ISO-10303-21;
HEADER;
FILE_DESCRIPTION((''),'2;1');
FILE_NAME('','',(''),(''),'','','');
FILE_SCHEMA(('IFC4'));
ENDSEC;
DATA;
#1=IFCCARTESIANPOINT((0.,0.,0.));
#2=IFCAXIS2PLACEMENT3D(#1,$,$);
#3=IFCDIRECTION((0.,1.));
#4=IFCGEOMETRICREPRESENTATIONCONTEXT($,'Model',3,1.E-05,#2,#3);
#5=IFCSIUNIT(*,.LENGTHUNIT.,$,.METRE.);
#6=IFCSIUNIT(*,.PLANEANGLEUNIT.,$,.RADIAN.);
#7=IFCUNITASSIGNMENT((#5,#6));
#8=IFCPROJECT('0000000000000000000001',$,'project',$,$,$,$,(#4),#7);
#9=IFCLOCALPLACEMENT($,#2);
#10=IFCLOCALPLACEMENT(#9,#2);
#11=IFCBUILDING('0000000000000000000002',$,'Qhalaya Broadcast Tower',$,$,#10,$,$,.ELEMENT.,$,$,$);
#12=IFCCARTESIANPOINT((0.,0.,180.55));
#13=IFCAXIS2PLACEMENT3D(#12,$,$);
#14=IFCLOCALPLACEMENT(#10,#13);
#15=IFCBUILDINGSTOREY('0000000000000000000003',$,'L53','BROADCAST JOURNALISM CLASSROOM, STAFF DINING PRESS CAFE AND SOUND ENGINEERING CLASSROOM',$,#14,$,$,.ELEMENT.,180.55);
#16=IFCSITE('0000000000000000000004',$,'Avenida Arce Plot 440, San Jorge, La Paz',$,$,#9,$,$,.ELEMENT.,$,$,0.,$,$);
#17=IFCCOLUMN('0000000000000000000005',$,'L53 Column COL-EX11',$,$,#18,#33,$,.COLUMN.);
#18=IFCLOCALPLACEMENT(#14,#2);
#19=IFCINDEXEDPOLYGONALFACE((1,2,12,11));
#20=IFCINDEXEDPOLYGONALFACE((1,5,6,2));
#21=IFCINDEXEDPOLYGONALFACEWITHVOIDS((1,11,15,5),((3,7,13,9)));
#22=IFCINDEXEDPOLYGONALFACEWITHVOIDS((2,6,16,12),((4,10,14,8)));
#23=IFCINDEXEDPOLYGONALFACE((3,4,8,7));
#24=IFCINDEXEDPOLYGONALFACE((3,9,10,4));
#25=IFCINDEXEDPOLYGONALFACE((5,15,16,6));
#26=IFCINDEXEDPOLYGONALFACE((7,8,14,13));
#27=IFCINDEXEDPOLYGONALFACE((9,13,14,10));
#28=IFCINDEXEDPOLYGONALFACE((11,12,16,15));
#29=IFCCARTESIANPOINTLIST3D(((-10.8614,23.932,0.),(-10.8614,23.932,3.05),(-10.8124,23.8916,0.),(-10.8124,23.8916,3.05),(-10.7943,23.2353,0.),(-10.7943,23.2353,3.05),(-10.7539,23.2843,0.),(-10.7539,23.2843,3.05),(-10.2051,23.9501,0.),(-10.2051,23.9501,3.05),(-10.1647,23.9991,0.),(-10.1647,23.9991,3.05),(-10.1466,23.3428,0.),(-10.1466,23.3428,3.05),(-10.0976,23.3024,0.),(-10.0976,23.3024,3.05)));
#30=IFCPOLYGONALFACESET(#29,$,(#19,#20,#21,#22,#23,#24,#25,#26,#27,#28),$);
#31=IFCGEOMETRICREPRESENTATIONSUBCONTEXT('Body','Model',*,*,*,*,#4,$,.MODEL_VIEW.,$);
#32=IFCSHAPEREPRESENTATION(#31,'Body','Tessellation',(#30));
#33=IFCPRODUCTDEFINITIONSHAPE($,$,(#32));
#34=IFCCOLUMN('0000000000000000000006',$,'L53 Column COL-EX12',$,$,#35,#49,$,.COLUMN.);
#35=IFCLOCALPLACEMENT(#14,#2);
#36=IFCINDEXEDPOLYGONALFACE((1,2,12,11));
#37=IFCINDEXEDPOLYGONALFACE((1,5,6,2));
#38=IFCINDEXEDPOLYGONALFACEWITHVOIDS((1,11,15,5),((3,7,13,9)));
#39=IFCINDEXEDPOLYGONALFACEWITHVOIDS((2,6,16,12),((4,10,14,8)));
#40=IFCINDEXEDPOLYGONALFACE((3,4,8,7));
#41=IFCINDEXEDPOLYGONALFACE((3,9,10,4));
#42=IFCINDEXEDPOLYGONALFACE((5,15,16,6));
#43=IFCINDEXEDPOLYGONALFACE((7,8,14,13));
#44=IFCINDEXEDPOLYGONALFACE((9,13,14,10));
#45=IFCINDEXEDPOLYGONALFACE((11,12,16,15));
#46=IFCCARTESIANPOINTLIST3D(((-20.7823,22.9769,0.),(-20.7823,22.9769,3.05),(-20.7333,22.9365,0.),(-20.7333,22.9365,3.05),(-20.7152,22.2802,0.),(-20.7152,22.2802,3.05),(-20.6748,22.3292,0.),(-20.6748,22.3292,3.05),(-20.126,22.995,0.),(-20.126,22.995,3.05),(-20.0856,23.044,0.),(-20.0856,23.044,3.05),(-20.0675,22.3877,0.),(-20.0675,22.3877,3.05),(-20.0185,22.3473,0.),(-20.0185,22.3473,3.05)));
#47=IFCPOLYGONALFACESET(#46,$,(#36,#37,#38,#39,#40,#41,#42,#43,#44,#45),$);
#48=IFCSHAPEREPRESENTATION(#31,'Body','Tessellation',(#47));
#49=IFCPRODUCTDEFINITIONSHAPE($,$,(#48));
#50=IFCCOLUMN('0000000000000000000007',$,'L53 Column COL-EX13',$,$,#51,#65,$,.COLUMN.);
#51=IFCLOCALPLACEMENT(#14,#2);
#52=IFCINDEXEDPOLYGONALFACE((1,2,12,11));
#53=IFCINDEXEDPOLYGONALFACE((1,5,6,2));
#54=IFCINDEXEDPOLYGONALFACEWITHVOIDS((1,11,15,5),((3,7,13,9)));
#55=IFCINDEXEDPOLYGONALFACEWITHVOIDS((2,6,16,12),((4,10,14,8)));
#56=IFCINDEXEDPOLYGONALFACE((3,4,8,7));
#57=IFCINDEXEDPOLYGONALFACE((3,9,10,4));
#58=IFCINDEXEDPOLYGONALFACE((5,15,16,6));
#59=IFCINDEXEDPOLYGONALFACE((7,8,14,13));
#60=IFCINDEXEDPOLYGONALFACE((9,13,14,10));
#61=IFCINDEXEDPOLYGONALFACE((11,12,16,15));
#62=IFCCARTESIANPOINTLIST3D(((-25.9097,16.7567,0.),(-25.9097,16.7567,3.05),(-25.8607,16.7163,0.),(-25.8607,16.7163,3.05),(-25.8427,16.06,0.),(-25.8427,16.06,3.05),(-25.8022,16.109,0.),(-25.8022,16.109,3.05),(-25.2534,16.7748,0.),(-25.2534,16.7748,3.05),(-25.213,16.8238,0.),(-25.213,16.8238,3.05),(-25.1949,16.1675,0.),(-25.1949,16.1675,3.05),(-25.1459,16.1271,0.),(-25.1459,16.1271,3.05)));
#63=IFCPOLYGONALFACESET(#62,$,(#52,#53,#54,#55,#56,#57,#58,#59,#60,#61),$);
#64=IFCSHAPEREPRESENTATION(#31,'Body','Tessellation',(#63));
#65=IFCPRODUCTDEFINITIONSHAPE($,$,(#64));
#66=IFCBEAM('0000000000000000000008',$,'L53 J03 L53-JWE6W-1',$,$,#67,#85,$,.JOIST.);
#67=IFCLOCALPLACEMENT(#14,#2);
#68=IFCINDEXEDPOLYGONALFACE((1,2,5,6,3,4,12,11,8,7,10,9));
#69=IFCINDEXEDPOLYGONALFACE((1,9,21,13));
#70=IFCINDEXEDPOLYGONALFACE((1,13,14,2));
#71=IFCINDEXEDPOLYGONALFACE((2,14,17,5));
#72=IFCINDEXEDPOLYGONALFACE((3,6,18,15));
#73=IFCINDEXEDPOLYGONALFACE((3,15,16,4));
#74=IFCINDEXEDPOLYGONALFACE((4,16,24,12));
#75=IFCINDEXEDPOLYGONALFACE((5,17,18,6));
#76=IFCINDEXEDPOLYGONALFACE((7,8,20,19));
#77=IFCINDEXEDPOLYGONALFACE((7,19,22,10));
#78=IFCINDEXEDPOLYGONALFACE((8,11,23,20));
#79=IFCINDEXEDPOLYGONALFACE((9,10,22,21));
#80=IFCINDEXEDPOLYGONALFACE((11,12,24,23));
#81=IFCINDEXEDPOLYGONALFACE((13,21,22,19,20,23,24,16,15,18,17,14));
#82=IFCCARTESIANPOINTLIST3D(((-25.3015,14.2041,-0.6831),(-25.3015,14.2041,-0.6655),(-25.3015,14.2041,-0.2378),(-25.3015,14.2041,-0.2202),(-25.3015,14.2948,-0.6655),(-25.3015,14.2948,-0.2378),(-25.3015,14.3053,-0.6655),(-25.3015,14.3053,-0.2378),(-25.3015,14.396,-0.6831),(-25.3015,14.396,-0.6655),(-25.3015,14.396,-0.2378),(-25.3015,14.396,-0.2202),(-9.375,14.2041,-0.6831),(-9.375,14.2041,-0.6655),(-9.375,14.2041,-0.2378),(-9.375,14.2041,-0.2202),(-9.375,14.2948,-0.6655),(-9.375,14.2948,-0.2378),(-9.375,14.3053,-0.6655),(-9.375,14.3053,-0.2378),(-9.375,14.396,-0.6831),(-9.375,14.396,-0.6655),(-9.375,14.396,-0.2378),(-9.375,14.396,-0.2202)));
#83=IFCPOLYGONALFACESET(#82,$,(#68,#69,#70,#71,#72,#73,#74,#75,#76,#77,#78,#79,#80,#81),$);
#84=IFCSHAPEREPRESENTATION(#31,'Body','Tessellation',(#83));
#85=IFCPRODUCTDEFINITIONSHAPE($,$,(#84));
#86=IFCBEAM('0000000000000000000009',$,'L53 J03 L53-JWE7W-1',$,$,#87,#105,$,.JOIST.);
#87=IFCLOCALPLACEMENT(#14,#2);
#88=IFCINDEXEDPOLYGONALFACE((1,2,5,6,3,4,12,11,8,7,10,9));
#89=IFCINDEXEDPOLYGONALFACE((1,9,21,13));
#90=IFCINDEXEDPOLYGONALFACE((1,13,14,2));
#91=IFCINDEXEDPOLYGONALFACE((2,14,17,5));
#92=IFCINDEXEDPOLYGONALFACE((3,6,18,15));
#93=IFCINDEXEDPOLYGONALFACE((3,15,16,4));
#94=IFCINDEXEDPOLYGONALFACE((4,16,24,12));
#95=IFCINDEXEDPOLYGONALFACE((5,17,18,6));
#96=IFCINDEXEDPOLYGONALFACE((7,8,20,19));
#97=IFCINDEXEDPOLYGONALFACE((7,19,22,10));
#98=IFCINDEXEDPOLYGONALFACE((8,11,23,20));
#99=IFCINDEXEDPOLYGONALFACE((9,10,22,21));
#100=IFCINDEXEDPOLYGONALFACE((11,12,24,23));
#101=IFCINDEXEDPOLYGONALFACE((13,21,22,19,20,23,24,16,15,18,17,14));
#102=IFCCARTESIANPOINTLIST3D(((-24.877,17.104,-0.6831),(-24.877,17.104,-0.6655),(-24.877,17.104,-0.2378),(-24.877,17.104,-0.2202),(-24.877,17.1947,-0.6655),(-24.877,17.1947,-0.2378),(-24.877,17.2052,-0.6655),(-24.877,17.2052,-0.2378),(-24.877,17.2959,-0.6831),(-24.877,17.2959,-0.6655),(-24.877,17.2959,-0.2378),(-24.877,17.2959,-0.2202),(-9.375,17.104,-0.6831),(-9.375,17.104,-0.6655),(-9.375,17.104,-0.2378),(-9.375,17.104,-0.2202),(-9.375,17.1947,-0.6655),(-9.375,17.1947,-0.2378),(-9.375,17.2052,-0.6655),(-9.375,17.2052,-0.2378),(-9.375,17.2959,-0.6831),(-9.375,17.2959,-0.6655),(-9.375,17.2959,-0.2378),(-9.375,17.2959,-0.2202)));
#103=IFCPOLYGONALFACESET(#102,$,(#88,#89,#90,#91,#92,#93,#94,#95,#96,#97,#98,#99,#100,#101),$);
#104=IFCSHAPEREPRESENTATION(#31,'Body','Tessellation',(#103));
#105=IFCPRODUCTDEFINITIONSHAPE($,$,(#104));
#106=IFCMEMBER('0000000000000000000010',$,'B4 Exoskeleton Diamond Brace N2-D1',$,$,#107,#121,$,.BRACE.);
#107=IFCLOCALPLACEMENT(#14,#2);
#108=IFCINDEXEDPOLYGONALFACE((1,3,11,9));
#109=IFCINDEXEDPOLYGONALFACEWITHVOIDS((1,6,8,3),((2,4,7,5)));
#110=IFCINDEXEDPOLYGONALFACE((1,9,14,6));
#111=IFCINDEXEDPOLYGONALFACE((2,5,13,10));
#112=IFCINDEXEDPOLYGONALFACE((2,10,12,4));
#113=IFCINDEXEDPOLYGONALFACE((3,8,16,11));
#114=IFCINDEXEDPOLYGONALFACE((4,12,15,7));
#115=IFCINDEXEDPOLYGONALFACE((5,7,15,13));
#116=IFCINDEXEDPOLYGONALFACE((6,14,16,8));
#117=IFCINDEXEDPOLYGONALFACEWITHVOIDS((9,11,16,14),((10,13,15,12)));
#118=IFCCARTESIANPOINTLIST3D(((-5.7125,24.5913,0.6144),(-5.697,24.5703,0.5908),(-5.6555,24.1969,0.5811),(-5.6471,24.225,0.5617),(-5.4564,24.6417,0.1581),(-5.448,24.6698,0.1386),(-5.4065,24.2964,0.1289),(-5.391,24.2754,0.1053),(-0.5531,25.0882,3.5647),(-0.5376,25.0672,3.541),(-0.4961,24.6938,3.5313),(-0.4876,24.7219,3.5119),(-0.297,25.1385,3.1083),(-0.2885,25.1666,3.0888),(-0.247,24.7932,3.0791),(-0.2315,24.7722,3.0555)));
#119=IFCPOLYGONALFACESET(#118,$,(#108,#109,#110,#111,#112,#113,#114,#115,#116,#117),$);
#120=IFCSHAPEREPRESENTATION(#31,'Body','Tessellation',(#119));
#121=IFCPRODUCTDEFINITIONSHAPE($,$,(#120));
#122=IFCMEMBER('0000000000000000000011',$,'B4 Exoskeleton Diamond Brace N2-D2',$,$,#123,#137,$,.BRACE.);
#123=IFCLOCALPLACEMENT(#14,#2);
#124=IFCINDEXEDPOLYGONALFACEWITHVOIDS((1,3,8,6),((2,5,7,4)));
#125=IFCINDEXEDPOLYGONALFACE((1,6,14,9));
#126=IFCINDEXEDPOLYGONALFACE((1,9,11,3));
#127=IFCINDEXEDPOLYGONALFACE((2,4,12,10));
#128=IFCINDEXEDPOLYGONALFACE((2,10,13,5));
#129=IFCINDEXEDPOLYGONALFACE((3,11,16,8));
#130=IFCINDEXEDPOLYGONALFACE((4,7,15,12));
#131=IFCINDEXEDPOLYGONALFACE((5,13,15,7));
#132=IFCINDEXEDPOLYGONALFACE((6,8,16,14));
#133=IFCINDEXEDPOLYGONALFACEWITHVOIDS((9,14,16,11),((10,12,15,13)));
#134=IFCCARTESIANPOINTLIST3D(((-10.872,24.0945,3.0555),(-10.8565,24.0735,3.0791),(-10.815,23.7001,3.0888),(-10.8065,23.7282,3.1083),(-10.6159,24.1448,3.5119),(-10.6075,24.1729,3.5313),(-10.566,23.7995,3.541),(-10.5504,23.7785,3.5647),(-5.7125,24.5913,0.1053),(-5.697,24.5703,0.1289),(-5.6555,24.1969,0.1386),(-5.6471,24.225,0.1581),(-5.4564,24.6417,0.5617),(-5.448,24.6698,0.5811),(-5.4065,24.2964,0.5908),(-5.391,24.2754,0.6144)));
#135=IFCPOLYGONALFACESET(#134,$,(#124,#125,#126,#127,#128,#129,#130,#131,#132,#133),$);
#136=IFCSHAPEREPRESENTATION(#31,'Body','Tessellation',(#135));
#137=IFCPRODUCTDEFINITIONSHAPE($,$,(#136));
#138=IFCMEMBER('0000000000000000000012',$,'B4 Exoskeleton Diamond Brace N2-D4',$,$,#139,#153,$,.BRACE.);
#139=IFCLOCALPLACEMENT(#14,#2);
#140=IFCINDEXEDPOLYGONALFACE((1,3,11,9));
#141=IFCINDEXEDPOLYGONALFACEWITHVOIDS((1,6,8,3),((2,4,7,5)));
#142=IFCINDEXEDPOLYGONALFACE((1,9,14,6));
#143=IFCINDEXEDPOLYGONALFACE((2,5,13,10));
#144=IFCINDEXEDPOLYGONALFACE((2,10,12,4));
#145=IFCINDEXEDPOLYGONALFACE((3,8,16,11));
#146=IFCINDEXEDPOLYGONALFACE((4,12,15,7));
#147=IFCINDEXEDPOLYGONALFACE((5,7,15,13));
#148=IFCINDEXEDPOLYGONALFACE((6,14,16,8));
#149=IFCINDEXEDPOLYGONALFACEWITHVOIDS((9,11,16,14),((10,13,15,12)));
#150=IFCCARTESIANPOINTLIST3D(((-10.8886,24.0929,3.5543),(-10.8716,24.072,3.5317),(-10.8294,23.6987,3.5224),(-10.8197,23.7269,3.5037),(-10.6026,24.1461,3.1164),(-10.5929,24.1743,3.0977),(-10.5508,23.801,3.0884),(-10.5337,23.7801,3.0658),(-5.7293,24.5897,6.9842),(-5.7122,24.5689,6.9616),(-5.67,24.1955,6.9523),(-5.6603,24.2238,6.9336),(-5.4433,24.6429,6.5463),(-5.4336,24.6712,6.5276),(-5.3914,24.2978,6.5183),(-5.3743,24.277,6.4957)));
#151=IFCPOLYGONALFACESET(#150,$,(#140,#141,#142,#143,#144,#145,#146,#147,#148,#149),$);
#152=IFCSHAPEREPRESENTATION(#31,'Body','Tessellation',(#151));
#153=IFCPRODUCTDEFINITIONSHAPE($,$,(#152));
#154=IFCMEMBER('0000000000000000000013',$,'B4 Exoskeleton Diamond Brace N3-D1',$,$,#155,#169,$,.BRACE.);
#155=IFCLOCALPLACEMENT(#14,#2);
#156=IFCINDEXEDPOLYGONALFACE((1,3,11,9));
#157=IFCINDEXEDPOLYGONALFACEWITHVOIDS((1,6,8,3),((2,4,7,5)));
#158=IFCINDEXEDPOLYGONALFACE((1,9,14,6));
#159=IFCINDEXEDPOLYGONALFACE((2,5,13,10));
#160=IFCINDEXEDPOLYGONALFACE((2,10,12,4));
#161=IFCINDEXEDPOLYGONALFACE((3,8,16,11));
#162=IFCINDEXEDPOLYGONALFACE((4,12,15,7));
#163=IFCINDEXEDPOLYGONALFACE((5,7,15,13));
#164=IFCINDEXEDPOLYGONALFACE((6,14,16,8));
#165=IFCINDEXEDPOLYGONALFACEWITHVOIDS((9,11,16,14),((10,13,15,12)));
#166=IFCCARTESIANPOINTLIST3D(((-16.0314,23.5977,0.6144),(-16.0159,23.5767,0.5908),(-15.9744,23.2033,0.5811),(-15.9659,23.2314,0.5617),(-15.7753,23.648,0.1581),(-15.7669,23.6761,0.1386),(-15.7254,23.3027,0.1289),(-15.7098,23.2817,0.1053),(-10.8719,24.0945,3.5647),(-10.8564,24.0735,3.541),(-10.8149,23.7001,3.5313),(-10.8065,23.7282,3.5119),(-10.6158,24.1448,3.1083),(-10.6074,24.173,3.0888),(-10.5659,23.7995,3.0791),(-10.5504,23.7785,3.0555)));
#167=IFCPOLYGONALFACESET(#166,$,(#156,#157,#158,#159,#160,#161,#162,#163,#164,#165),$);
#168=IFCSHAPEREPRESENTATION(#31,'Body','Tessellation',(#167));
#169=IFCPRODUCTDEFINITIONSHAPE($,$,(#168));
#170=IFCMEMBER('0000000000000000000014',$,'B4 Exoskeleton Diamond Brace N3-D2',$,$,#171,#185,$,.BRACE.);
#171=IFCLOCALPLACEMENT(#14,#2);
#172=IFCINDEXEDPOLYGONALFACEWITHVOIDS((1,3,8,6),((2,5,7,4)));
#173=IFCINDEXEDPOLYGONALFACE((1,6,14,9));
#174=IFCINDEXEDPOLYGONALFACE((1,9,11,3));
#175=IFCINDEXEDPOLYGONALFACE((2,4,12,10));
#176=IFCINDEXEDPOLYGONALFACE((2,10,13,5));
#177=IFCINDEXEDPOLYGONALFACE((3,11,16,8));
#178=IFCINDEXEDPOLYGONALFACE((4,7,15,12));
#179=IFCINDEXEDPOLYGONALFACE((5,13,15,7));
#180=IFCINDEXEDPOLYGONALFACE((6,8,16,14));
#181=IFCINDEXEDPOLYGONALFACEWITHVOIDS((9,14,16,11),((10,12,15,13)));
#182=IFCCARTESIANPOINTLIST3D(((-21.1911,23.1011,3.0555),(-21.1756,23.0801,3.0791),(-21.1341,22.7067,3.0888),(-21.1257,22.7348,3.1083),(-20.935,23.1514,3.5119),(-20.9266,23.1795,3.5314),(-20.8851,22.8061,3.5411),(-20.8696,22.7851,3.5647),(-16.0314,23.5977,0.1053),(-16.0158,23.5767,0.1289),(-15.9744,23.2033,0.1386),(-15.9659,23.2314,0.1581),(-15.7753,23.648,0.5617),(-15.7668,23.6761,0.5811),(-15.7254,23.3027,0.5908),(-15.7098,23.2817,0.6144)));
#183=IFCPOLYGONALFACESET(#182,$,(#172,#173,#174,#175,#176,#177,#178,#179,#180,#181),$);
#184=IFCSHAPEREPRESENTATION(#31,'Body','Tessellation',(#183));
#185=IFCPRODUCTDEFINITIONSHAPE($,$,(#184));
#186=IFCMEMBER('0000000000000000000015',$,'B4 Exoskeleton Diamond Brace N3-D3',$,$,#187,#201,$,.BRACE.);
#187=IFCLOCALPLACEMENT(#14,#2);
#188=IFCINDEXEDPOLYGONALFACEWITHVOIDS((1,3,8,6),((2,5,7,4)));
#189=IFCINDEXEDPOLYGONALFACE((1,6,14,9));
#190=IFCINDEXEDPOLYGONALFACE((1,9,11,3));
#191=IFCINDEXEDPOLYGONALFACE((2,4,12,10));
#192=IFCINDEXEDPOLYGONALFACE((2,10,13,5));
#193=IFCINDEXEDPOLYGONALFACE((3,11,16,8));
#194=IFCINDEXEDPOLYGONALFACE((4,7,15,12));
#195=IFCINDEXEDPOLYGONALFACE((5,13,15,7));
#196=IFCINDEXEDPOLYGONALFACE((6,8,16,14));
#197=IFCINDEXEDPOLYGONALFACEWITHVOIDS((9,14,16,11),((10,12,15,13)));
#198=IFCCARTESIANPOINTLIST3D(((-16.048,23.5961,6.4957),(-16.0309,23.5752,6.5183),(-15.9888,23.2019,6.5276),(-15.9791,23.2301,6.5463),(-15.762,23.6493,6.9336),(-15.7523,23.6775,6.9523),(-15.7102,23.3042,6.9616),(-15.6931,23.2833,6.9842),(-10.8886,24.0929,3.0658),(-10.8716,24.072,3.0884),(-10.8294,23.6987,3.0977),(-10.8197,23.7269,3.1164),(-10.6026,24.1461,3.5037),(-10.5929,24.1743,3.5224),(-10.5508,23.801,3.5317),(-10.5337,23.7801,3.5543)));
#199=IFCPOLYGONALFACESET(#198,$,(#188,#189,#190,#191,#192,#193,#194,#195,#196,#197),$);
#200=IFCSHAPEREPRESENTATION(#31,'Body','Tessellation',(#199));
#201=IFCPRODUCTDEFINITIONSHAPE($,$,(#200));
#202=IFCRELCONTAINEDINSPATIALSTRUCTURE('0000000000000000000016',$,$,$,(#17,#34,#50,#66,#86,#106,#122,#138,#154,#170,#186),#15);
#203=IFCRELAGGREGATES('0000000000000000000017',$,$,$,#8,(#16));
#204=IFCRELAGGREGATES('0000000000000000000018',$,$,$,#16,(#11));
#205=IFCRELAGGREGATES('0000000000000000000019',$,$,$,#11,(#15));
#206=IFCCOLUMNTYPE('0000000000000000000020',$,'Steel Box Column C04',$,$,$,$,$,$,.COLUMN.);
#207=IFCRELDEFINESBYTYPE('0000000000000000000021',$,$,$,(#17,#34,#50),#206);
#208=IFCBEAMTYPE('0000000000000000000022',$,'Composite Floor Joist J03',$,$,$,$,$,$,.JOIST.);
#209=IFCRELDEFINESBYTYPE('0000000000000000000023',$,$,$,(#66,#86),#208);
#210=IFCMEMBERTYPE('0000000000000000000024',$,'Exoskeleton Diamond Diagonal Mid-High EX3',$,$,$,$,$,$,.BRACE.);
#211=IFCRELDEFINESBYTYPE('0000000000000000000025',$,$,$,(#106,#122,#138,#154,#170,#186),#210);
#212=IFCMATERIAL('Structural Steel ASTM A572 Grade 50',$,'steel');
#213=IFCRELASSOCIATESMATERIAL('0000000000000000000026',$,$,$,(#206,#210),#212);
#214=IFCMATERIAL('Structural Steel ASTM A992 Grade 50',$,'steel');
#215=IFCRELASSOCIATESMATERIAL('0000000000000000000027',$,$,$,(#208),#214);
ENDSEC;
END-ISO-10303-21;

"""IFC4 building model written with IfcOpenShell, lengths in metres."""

from ifc_helpers import new_model, si_unit, direction, frame, origin, origin_2d, place, context, subcontext, project, spatial, hollow_rectangle, i_section, extrude, material, material_profile, profile_set, type_object, element, save


model = new_model("IFC4")

# Units and contexts
model_context = context("Model", 3, precision=1e-05, world=origin(), true_north=direction((0.0, 1.0)))
body_context = subcontext(model_context, "Body", "Model", "MODEL_VIEW")
ifc_project = project(units=[si_unit("LENGTHUNIT", "METRE"), si_unit("PLANEANGLEUNIT", "RADIAN")], contexts=[model_context])

# Site, building, storey
site_placement = place(None, origin())
site = spatial("IfcSite", under=ifc_project, at=site_placement, Name="Avenida Arce Plot 440, San Jorge, La Paz", CompositionType="ELEMENT", RefElevation=0.0)
building_placement = place(site_placement, origin())
building = spatial("IfcBuilding", under=site, at=building_placement, Name="Qhalaya Broadcast Tower", CompositionType="ELEMENT")
storey_placement = place(building_placement, frame((0.0, 0.0, 180.55)))
storey = spatial("IfcBuildingStorey", under=building, at=storey_placement, Name="L53", Description="BROADCAST JOURNALISM CLASSROOM, STAFF DINING PRESS CAFE AND SOUND ENGINEERING CLASSROOM", CompositionType="ELEMENT", Elevation=180.55)

# Columns
ifc_material_1 = material(Name="Structural Steel ASTM A572 Grade 50", Category="steel")
ifc_material_profile_1 = material_profile(ifc_material_1, hollow_rectangle(XDim=0.7, YDim=0.7, WallThickness=0.0449, at=origin_2d()), Name="BOX 700x700x45")
ifc_profile_set_1 = profile_set([ifc_material_profile_1], Name="Structural Steel ASTM A572 Grade 50")
column_type = type_object("IfcColumnType", Name="Steel Box Column C04", PredefinedType="COLUMN", material=ifc_profile_set_1)
for number, where, z_axis, x_axis, name in (
    (1, (-10.4795, 23.6172, 0.0), (0.0, 0.0, 1.0), (0.995396, 0.095846, 0.0), "L53 Column COL-EX11"),
    (2, (-20.4004, 22.6621, 0.0), (0.0, 0.0, 1.0), (0.995396, 0.095846, 0.0), "L53 Column COL-EX12"),
    (3, (-25.5278, 16.4419, 0.0), (0.0, 0.0, 1.0), (-0.095846, 0.995396, 0.0), "L53 Column COL-EX13"),
):
    element("IfcColumn", number, at=place(storey_placement, frame(where, z_axis=z_axis, x_axis=x_axis)), inside=storey, type_object=column_type, Name=name, PredefinedType="COLUMN", context=body_context, shape_type="SweptSolid", body=[
        extrude(hollow_rectangle(XDim=0.7, YDim=0.7, WallThickness=0.0449, at=origin_2d()), origin(), (0.0, 0.0, 1.0), 3.05),
    ])

# Beams
ifc_material_2 = material(Name="Structural Steel ASTM A992 Grade 50", Category="steel")
ifc_material_profile_2 = material_profile(ifc_material_2, i_section(OverallWidth=0.1919, OverallDepth=0.4629, WebThickness=0.0105, FlangeThickness=0.0176, at=origin_2d()), Name="W18X60")
ifc_profile_set_2 = profile_set([ifc_material_profile_2], Name="Structural Steel ASTM A992 Grade 50")
beam_type_1 = type_object("IfcBeamType", Name="Composite Floor Joist J03", PredefinedType="JOIST", material=ifc_profile_set_2)
beam_1_placement = place(storey_placement, frame((-25.3015, 14.3, -0.4517), z_axis=(1.0, 0.0, 0.0), x_axis=(0.0, 1.0, 0.0)))
element("IfcBeam", 4, at=beam_1_placement, inside=storey, type_object=beam_type_1, Name="L53 J03 L53-JWE6W-1", PredefinedType="JOIST", context=body_context, shape_type="SweptSolid", body=[
    extrude(i_section(OverallWidth=0.1919, OverallDepth=0.4629, WebThickness=0.0105, FlangeThickness=0.0176, at=origin_2d()), origin(), (0.0, 0.0, 1.0), 15.9265),
])
beam_2_placement = place(storey_placement, frame((-24.877, 17.2, -0.4517), z_axis=(1.0, 0.0, 0.0), x_axis=(0.0, 1.0, 0.0)))
element("IfcBeam", 5, at=beam_2_placement, inside=storey, type_object=beam_type_1, Name="L53 J03 L53-JWE7W-1", PredefinedType="JOIST", context=body_context, shape_type="SweptSolid", body=[
    extrude(i_section(OverallWidth=0.1919, OverallDepth=0.4629, WebThickness=0.0105, FlangeThickness=0.0176, at=origin_2d()), origin(), (0.0, 0.0, 1.0), 15.502),
])

# Members
ifc_material_profile_3 = material_profile(ifc_material_1, hollow_rectangle(XDim=0.3999, YDim=0.55, WallThickness=0.0249, at=origin_2d()), Name="BOX 400x550x25")
ifc_profile_set_3 = profile_set([ifc_material_profile_3], Name="Structural Steel ASTM A572 Grade 50")
member_type = type_object("IfcMemberType", Name="Exoskeleton Diamond Diagonal Mid-High EX3", PredefinedType="BRACE", material=ifc_profile_set_3)
for number, where, z_axis, x_axis, name in (
    (6, (-5.5518, 24.4333, 0.3599), (0.865084, 0.083303, 0.494661), (-0.142603, 0.986269, 0.083298), "B4 Exoskeleton Diamond Brace N2-D1"),
    (7, (-5.5518, 24.4333, 0.3599), (-0.865084, -0.083303, 0.494661), (0.142603, -0.986269, 0.083298), "B4 Exoskeleton Diamond Brace N2-D2"),
):
    element("IfcMember", number, at=place(storey_placement, frame(where, z_axis=z_axis, x_axis=x_axis)), inside=storey, type_object=member_type, Name=name, PredefinedType="BRACE", context=body_context, shape_type="SweptSolid", body=[
        extrude(hollow_rectangle(XDim=0.3999, YDim=0.55, WallThickness=0.0249, at=origin_2d()), origin(), (0.0, 0.0, 1.0), 5.9641),
    ])
member_1_placement = place(storey_placement, frame((-10.7112, 23.9365, 3.3101), z_axis=(0.830106, 0.079935, 0.551846), x_axis=(-0.148059, 0.985743, 0.07993)))
element("IfcMember", 8, at=member_1_placement, inside=storey, type_object=member_type, Name="B4 Exoskeleton Diamond Brace N2-D4", PredefinedType="BRACE", context=body_context, shape_type="SweptSolid", body=[
    extrude(hollow_rectangle(XDim=0.3999, YDim=0.55, WallThickness=0.0249, at=origin_2d()), origin(), (0.0, 0.0, 1.0), 6.2153),
])
member_2_placement = place(storey_placement, frame((-15.8706, 23.4397, 0.3599), z_axis=(0.865084, 0.083303, 0.494661), x_axis=(-0.142603, 0.986269, 0.083298)))
element("IfcMember", 9, at=member_2_placement, inside=storey, type_object=member_type, Name="B4 Exoskeleton Diamond Brace N3-D1", PredefinedType="BRACE", context=body_context, shape_type="SweptSolid", body=[
    extrude(hollow_rectangle(XDim=0.3999, YDim=0.55, WallThickness=0.0249, at=origin_2d()), origin(), (0.0, 0.0, 1.0), 5.9641),
])
member_3_placement = place(storey_placement, frame((-15.8706, 23.4397, 0.3599), z_axis=(-0.865097, -0.08326, 0.494646), x_axis=(0.142551, -0.986276, 0.083299)))
element("IfcMember", 10, at=member_3_placement, inside=storey, type_object=member_type, Name="B4 Exoskeleton Diamond Brace N3-D2", PredefinedType="BRACE", context=body_context, shape_type="SweptSolid", body=[
    extrude(hollow_rectangle(XDim=0.3999, YDim=0.55, WallThickness=0.0249, at=origin_2d()), origin(), (0.0, 0.0, 1.0), 5.9644),
])
member_4_placement = place(storey_placement, frame((-10.7112, 23.9365, 3.3101), z_axis=(-0.830106, -0.079935, 0.551846), x_axis=(0.148059, -0.985743, 0.07993)))
element("IfcMember", 11, at=member_4_placement, inside=storey, type_object=member_type, Name="B4 Exoskeleton Diamond Brace N3-D3", PredefinedType="BRACE", context=body_context, shape_type="SweptSolid", body=[
    extrude(hollow_rectangle(XDim=0.3999, YDim=0.55, WallThickness=0.0249, at=origin_2d()), origin(), (0.0, 0.0, 1.0), 6.2153),
])

save(model, "model.ifc")
